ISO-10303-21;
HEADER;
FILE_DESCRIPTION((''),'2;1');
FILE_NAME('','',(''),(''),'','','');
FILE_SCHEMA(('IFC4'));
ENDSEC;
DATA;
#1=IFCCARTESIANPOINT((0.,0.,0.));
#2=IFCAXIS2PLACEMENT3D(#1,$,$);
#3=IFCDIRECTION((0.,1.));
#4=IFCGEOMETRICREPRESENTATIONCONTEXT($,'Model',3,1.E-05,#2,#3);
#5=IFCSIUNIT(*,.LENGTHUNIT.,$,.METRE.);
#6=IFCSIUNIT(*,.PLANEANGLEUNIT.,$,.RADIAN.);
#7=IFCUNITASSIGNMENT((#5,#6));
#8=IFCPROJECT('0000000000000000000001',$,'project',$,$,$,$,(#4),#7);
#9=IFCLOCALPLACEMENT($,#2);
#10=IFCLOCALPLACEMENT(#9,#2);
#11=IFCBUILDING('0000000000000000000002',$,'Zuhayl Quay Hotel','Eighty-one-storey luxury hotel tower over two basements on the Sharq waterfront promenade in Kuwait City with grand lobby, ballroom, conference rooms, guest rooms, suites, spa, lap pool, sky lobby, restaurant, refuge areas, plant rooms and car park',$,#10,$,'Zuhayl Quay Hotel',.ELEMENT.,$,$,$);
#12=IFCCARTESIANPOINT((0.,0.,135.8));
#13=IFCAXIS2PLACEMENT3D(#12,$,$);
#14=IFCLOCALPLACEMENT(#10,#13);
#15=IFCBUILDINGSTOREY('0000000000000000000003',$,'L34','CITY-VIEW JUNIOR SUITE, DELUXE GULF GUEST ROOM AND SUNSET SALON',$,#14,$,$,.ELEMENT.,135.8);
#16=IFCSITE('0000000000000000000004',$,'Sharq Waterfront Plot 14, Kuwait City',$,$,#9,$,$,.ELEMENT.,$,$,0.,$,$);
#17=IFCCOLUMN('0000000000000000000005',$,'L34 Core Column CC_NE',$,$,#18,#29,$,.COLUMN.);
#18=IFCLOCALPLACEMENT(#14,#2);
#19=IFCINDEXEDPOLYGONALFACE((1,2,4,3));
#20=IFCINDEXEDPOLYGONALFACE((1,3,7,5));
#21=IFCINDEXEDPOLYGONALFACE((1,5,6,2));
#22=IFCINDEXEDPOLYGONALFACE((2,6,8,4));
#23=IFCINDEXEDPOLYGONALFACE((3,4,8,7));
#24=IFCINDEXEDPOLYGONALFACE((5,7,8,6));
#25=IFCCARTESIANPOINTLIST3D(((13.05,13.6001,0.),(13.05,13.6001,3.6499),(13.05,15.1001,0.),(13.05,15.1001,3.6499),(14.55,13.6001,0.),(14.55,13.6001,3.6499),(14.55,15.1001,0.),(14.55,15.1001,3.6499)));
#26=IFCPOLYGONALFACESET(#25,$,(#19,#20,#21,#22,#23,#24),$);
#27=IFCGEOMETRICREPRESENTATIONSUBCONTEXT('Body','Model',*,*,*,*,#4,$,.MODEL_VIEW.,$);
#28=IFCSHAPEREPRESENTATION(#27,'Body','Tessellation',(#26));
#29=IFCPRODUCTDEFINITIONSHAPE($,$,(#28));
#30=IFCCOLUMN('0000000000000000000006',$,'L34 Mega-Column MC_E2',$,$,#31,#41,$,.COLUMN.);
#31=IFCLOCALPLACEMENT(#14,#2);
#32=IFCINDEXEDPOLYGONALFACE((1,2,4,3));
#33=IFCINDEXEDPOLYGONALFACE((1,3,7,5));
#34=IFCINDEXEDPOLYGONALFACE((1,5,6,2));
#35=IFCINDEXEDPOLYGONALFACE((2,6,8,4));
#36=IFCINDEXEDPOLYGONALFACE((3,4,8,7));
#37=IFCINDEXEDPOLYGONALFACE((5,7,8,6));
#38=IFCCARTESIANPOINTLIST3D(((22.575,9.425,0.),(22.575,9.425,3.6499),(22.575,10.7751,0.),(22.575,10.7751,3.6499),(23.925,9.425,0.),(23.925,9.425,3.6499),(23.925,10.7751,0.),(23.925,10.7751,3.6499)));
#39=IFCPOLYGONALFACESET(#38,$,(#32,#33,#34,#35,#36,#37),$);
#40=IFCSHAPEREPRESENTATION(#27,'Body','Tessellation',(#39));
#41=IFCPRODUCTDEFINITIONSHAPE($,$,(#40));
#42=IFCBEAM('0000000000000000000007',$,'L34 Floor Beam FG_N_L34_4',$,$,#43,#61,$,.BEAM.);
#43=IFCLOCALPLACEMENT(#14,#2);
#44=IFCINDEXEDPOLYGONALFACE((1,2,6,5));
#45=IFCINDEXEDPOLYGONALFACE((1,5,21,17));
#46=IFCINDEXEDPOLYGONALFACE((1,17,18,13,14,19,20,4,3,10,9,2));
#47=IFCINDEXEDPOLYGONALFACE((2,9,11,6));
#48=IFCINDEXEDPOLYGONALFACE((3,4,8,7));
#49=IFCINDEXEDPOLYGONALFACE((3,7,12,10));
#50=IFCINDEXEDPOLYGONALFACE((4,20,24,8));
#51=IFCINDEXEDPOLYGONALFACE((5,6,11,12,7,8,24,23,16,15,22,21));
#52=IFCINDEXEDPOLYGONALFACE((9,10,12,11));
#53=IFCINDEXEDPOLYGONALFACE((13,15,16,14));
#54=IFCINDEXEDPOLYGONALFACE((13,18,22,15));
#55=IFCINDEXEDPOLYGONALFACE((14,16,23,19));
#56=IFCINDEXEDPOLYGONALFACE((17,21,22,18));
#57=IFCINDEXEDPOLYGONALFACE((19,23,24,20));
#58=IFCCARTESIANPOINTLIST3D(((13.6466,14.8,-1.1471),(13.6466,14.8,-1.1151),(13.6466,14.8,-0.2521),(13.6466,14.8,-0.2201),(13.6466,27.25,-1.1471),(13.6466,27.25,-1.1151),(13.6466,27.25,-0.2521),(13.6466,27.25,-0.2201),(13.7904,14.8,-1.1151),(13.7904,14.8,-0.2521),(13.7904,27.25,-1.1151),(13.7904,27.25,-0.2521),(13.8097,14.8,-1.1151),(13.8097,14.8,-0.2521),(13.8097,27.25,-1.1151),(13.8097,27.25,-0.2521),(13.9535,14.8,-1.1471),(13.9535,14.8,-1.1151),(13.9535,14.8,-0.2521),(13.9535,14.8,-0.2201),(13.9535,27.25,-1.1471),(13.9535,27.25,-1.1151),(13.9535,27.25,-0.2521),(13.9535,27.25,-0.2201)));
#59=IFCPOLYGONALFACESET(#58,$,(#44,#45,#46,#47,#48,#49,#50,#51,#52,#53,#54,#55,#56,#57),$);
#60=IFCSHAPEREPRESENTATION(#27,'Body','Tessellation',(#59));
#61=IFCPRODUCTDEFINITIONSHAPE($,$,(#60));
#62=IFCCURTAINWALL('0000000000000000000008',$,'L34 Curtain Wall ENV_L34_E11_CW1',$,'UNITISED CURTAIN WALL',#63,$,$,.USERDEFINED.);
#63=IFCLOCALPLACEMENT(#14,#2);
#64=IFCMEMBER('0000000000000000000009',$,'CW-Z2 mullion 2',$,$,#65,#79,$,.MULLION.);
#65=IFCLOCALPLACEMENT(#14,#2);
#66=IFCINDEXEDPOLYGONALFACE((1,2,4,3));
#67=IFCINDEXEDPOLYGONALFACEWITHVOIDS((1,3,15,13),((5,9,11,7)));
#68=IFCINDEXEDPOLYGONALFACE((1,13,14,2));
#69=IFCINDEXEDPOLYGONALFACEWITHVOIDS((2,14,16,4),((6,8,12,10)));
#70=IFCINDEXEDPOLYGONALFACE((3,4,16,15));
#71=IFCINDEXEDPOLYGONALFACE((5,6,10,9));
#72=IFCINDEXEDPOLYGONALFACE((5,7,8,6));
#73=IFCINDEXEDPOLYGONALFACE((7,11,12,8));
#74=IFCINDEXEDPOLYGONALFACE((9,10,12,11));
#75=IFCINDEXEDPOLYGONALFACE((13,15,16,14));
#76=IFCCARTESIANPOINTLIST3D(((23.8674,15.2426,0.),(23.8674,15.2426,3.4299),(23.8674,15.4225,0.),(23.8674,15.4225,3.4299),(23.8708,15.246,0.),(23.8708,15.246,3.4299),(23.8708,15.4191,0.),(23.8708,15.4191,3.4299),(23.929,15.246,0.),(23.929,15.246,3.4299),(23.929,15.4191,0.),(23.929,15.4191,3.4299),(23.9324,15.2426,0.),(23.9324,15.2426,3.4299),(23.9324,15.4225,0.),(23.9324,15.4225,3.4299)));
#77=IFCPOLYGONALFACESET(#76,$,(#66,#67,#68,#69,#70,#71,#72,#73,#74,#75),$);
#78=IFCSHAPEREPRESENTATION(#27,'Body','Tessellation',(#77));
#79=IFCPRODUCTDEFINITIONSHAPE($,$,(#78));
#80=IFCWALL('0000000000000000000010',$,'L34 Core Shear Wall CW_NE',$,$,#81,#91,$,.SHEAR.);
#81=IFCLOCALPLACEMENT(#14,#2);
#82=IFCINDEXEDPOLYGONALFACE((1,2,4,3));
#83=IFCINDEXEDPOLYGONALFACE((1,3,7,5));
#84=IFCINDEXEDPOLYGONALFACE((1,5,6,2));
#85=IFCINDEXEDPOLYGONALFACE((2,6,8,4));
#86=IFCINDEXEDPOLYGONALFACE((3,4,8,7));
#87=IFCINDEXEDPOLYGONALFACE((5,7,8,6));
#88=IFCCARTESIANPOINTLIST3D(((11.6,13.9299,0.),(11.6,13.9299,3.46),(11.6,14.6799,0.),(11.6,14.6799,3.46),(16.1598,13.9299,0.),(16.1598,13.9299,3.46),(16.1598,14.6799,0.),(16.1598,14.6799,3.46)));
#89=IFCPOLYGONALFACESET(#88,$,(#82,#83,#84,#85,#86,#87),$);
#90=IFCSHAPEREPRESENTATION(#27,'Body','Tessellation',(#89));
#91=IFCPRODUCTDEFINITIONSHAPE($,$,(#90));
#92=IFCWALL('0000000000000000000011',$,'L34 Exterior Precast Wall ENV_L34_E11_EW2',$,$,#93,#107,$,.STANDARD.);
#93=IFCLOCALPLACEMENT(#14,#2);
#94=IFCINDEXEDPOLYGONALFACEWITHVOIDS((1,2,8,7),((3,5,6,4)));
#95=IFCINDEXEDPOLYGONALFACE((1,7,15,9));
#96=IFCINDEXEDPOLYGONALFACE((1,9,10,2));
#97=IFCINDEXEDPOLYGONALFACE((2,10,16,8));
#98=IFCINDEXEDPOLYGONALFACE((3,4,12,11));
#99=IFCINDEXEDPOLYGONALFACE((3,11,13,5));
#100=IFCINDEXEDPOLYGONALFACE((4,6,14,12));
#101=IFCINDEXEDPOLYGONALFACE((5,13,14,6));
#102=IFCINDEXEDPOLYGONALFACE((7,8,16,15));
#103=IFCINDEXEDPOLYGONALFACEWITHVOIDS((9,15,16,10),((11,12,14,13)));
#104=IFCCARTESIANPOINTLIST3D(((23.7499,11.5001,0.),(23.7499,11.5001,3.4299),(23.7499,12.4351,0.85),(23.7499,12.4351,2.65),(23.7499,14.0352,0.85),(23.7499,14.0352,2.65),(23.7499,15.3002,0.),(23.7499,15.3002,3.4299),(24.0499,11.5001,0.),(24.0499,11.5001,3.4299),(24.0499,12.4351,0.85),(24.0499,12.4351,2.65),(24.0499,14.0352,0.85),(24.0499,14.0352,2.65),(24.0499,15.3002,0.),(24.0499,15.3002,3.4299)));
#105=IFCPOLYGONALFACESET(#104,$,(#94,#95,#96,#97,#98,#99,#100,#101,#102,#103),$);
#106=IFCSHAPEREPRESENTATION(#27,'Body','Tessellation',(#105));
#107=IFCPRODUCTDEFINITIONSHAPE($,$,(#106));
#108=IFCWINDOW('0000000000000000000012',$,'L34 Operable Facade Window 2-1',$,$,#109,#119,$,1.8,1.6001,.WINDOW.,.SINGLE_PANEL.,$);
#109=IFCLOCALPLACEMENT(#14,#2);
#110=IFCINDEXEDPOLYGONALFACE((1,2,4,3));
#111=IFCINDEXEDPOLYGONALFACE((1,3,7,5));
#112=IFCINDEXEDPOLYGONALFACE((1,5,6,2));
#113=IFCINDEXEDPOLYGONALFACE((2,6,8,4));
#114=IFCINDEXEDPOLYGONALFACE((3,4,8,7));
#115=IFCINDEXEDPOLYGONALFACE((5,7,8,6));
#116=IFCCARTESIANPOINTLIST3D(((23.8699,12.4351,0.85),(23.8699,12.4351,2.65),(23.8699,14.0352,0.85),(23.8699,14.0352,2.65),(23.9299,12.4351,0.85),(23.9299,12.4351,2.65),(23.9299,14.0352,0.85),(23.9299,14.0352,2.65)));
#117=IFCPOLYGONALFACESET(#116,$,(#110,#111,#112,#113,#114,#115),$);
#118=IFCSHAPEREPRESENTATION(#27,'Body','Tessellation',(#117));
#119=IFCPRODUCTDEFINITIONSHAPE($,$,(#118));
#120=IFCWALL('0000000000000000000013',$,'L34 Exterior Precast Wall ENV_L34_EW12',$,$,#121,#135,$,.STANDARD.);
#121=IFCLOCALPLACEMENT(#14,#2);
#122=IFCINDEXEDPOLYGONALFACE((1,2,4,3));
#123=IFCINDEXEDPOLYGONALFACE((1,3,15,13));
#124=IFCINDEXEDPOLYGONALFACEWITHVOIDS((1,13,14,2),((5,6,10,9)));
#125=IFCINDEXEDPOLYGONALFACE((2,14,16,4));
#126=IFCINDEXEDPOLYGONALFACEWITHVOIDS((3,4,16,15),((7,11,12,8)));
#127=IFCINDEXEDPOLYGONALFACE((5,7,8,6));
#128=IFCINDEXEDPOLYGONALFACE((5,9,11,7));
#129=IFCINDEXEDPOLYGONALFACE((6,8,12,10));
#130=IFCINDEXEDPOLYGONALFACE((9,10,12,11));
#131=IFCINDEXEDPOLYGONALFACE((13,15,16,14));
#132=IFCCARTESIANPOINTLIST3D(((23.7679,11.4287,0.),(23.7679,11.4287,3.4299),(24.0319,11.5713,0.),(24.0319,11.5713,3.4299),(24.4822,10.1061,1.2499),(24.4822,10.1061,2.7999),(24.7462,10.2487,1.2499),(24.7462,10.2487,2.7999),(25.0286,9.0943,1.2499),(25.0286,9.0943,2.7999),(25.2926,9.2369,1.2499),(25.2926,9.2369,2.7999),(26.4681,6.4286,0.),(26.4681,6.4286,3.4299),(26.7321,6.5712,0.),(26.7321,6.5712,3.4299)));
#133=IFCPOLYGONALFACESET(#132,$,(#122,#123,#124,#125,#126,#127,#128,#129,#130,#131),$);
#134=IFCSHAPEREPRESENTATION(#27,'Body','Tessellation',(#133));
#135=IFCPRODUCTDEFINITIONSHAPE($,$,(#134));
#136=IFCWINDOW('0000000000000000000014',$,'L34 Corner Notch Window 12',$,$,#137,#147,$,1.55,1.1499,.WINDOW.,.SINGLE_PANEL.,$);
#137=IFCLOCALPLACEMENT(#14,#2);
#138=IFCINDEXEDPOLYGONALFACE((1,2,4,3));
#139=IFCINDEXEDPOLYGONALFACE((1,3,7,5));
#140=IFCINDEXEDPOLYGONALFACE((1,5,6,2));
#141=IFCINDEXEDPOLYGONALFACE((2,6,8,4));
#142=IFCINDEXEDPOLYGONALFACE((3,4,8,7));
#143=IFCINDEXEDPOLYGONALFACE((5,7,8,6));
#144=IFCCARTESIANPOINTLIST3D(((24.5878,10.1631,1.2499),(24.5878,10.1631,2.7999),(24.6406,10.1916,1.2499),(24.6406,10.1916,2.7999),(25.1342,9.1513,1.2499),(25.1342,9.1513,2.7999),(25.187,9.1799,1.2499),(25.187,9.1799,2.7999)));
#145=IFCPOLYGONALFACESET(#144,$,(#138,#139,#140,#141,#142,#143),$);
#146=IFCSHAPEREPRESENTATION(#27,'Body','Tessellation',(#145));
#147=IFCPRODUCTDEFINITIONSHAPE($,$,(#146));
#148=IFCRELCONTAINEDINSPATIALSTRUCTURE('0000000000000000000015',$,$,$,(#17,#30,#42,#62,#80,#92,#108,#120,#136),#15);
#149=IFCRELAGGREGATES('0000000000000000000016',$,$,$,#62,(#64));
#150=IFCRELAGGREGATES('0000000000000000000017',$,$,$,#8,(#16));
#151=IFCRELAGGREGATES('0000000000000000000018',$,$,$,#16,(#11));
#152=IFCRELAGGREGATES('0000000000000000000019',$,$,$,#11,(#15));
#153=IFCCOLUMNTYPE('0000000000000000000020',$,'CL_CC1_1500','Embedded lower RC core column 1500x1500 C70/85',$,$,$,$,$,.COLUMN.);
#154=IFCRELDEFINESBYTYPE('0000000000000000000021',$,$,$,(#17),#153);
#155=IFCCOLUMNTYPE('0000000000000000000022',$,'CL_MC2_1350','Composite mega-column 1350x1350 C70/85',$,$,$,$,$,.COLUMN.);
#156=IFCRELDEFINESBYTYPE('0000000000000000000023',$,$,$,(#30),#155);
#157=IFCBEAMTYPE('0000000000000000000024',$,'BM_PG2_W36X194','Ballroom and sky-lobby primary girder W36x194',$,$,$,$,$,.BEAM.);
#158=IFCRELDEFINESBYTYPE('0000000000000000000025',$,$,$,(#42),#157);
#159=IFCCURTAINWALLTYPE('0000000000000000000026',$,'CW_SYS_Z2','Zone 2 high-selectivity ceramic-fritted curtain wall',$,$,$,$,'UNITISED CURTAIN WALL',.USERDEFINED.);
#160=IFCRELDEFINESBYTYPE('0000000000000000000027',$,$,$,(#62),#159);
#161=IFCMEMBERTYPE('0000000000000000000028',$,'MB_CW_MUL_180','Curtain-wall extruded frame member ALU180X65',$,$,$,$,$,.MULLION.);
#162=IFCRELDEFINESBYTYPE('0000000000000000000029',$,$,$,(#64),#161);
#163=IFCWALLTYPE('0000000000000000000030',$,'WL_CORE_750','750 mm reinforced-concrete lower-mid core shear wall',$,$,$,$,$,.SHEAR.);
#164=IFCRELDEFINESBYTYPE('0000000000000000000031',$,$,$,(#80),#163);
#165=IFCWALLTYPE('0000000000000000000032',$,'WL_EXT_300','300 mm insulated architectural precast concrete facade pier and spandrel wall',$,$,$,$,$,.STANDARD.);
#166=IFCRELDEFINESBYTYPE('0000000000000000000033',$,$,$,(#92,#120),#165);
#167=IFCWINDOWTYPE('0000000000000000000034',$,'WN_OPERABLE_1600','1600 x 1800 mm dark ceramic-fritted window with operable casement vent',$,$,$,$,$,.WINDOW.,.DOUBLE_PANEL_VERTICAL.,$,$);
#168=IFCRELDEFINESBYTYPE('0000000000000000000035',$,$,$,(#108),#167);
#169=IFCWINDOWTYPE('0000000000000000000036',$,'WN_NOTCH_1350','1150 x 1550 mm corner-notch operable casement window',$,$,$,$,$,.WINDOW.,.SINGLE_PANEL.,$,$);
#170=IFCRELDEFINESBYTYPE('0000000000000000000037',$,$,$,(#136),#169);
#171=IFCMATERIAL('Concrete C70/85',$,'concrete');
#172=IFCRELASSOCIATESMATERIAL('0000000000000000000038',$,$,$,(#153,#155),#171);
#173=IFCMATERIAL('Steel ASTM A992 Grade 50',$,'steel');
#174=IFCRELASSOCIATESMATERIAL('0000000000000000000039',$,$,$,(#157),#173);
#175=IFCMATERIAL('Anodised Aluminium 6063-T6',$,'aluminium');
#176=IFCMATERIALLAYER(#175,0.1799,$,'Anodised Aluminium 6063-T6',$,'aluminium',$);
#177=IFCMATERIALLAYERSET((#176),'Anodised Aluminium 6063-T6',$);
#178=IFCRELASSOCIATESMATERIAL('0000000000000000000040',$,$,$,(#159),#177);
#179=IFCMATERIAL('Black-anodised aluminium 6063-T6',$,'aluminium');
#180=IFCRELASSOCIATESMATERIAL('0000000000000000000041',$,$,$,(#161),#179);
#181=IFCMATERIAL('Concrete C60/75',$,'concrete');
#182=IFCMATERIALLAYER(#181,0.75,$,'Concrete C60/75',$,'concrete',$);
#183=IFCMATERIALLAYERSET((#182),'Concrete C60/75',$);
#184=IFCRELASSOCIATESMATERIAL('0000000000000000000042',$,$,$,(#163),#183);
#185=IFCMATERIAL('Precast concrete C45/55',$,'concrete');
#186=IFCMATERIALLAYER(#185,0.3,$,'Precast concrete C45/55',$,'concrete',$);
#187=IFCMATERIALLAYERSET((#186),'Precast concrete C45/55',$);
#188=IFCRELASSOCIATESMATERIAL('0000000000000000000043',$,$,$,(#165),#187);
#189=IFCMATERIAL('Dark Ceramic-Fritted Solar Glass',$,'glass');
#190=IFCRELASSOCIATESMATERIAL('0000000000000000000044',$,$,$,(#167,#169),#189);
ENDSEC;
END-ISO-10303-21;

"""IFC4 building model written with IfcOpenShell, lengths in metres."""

from ifc_helpers import new_model, si_unit, direction, frame, frame_2d, origin, origin_2d, place, context, subcontext, project, spatial, rectangle, hollow_rectangle, i_section, extrude, material, layer, layer_set, material_profile, profile_set, type_object, element, fill, aggregate, save


model = new_model("IFC4")

# Units and contexts
model_context = context("Model", 3, precision=1e-05, world=origin(), true_north=direction((0.0, 1.0)))
body_context = subcontext(model_context, "Body", "Model", "MODEL_VIEW")
ifc_project = project(units=[si_unit("LENGTHUNIT", "METRE"), si_unit("PLANEANGLEUNIT", "RADIAN")], contexts=[model_context])

# Site, building, storey
site_placement = place(None, origin())
site = spatial("IfcSite", under=ifc_project, at=site_placement, Name="Sharq Waterfront Plot 14, Kuwait City", CompositionType="ELEMENT", RefElevation=0.0)
building_placement = place(site_placement, origin())
building = spatial("IfcBuilding", under=site, at=building_placement, Name="Zuhayl Quay Hotel", Description="Eighty-one-storey luxury hotel tower over two basements on the Sharq waterfront promenade in Kuwait City with grand lobby, ballroom, conference rooms, guest rooms, suites, spa, lap pool, sky lobby, restaurant, refuge areas, plant rooms and car park", LongName="Zuhayl Quay Hotel", CompositionType="ELEMENT")
storey_placement = place(building_placement, frame((0.0, 0.0, 135.8)))
storey = spatial("IfcBuildingStorey", under=building, at=storey_placement, Name="L34", Description="CITY-VIEW JUNIOR SUITE, DELUXE GULF GUEST ROOM AND SUNSET SALON", CompositionType="ELEMENT", Elevation=135.8)

# Columns
ifc_material_1 = material(Name="Concrete C70/85", Category="concrete")
ifc_material_profile_1 = material_profile(ifc_material_1, rectangle(XDim=1.5, YDim=1.5, at=origin_2d()), Name="RC1500X1500")
ifc_profile_set_1 = profile_set([ifc_material_profile_1], Name="Concrete C70/85")
column_type_1 = type_object("IfcColumnType", Name="CL_CC1_1500", Description="Embedded lower RC core column 1500x1500 C70/85", PredefinedType="COLUMN", material=ifc_profile_set_1)
column_1_placement = place(storey_placement, frame((13.8, 14.3501, 0.0), z_axis=(0.0, 0.0, 1.0), x_axis=(1.0, 0.0, 0.0)))
element("IfcColumn", 1, at=column_1_placement, inside=storey, type_object=column_type_1, Name="L34 Core Column CC_NE", PredefinedType="COLUMN", context=body_context, shape_type="SweptSolid", body=[
    extrude(rectangle(XDim=1.5, YDim=1.5, at=origin_2d()), origin(), (0.0, 0.0, 1.0), 3.6499),
])
ifc_material_profile_2 = material_profile(ifc_material_1, rectangle(XDim=1.3501, YDim=1.3501, at=origin_2d()), Name="RC1350X1350")
ifc_profile_set_2 = profile_set([ifc_material_profile_2], Name="Concrete C70/85")
column_type_2 = type_object("IfcColumnType", Name="CL_MC2_1350", Description="Composite mega-column 1350x1350 C70/85", PredefinedType="COLUMN", material=ifc_profile_set_2)
column_2_placement = place(storey_placement, frame((23.25, 10.1001, 0.0), z_axis=(0.0, 0.0, 1.0), x_axis=(1.0, 0.0, 0.0)))
element("IfcColumn", 2, at=column_2_placement, inside=storey, type_object=column_type_2, Name="L34 Mega-Column MC_E2", PredefinedType="COLUMN", context=body_context, shape_type="SweptSolid", body=[
    extrude(rectangle(XDim=1.3501, YDim=1.3501, at=origin_2d()), origin(), (0.0, 0.0, 1.0), 3.6499),
])

# Beam
ifc_material_2 = material(Name="Steel ASTM A992 Grade 50", Category="steel")
ifc_material_profile_3 = material_profile(ifc_material_2, i_section(OverallWidth=0.3069, OverallDepth=0.927, WebThickness=0.0193, FlangeThickness=0.032, at=origin_2d()), Name="W36X194")
ifc_profile_set_3 = profile_set([ifc_material_profile_3], Name="Steel ASTM A992 Grade 50")
beam_type = type_object("IfcBeamType", Name="BM_PG2_W36X194", Description="Ballroom and sky-lobby primary girder W36x194", PredefinedType="BEAM", material=ifc_profile_set_3)
beam_placement = place(storey_placement, frame((13.8, 14.8, -0.6836), z_axis=(0.0, 1.0, 0.0), x_axis=(-1.0, 0.0, 0.0)))
element("IfcBeam", 3, at=beam_placement, inside=storey, type_object=beam_type, Name="L34 Floor Beam FG_N_L34_4", PredefinedType="BEAM", context=body_context, shape_type="SweptSolid", body=[
    extrude(i_section(OverallWidth=0.3069, OverallDepth=0.927, WebThickness=0.0193, FlangeThickness=0.032, at=origin_2d()), origin(), (0.0, 0.0, 1.0), 12.45),
])

# Curtain wall, member
ifc_material_3 = material(Name="Anodised Aluminium 6063-T6", Category="aluminium")
ifc_layer_1 = layer(ifc_material_3, 0.1799, Name="Anodised Aluminium 6063-T6", Category="aluminium")
ifc_layer_set_1 = layer_set([ifc_layer_1], Name="Anodised Aluminium 6063-T6")
curtain_wall_type = type_object("IfcCurtainWallType", Name="CW_SYS_Z2", Description="Zone 2 high-selectivity ceramic-fritted curtain wall", ElementType="UNITISED CURTAIN WALL", PredefinedType="USERDEFINED", material=ifc_layer_set_1)
curtain_wall_placement = place(storey_placement, origin())
curtain_wall = element("IfcCurtainWall", 4, at=curtain_wall_placement, inside=storey, type_object=curtain_wall_type, Name="L34 Curtain Wall ENV_L34_E11_CW1", ObjectType="UNITISED CURTAIN WALL", PredefinedType="USERDEFINED")
ifc_material_4 = material(Name="Black-anodised aluminium 6063-T6", Category="aluminium")
ifc_material_profile_4 = material_profile(ifc_material_4, hollow_rectangle(XDim=0.0649, YDim=0.1799, WallThickness=0.0034, at=origin_2d()), Name="ALU180X65")
ifc_profile_set_4 = profile_set([ifc_material_profile_4], Name="Black-anodised aluminium 6063-T6")
member_type = type_object("IfcMemberType", Name="MB_CW_MUL_180", Description="Curtain-wall extruded frame member ALU180X65", PredefinedType="MULLION", material=ifc_profile_set_4)
member_placement = place(storey_placement, frame((23.8999, 15.3325, 0.0), z_axis=(0.0, 0.0, 1.0), x_axis=(1.0, 0.0, 0.0)))
member = element("IfcMember", 5, at=member_placement, type_object=member_type, Name="CW-Z2 mullion 2", PredefinedType="MULLION", context=body_context, shape_type="SweptSolid", body=[
    extrude(hollow_rectangle(XDim=0.0649, YDim=0.1799, WallThickness=0.0034, at=origin_2d()), origin(), (0.0, 0.0, 1.0), 3.4299),
])
aggregate(curtain_wall, [member])

# Wall
ifc_material_5 = material(Name="Concrete C60/75", Category="concrete")
ifc_layer_2 = layer(ifc_material_5, 0.75, Name="Concrete C60/75", Category="concrete")
ifc_layer_set_2 = layer_set([ifc_layer_2], Name="Concrete C60/75")
wall_type_1 = type_object("IfcWallType", Name="WL_CORE_750", Description="750 mm reinforced-concrete lower-mid core shear wall", PredefinedType="SHEAR", material=ifc_layer_set_2)
wall_1_placement = place(storey_placement, frame((11.6001, 14.3049, 0.0), z_axis=(0.0, 0.0, 1.0), x_axis=(1.0, 0.0, 0.0)))
element("IfcWall", 6, at=wall_1_placement, inside=storey, type_object=wall_type_1, Name="L34 Core Shear Wall CW_NE", PredefinedType="SHEAR", context=body_context, shape_type="SweptSolid", body=[
    extrude(rectangle(XDim=4.5598, YDim=0.75, at=frame_2d((2.2798, 0.0))), origin(), (0.0, 0.0, 1.0), 3.46),
])

# Walls, openings, windows
ifc_material_6 = material(Name="Precast concrete C45/55", Category="concrete")
ifc_layer_3 = layer(ifc_material_6, 0.3, Name="Precast concrete C45/55", Category="concrete")
ifc_layer_set_3 = layer_set([ifc_layer_3], Name="Precast concrete C45/55")
wall_type_2 = type_object("IfcWallType", Name="WL_EXT_300", Description="300 mm insulated architectural precast concrete facade pier and spandrel wall", PredefinedType="STANDARD", material=ifc_layer_set_3)
wall_2_placement = place(storey_placement, frame((23.8999, 15.3, 0.0), z_axis=(0.0, 0.0, 1.0), x_axis=(0.0, -1.0, 0.0)))
wall_2 = element("IfcWall", 7, at=wall_2_placement, inside=storey, type_object=wall_type_2, Name="L34 Exterior Precast Wall ENV_L34_E11_EW2", PredefinedType="STANDARD", context=body_context, shape_type="SweptSolid", body=[
    extrude(rectangle(XDim=3.8, YDim=0.3, at=frame_2d((1.8999, 0.0))), origin(), (0.0, 0.0, 1.0), 3.4299),
])
opening_1_placement = place(wall_2_placement, frame((1.2649, 0.0, 0.8501)))
opening_1 = element("IfcOpeningElement", 8, at=opening_1_placement, cuts=wall_2, PredefinedType="OPENING", context=body_context, shape_type="SweptSolid", body=[
    extrude(rectangle(XDim=1.6001, YDim=1.8, at=frame_2d((0.8, 0.8999))), frame((0.0, 0.1599, 0.0), z_axis=(0.0, -1.0, 0.0), x_axis=(1.0, 0.0, 0.0)), (0.0, 0.0, 1.0), 0.3201),
])
ifc_material_7 = material(Name="Dark Ceramic-Fritted Solar Glass", Category="glass")
window_type_1 = type_object("IfcWindowType", Name="WN_OPERABLE_1600", Description="1600 x 1800 mm dark ceramic-fritted window with operable casement vent", PartitioningType="DOUBLE_PANEL_VERTICAL", PredefinedType="WINDOW", material=ifc_material_7)
window_1_placement = place(opening_1_placement, origin())
window_1 = element("IfcWindow", 9, at=window_1_placement, inside=storey, type_object=window_type_1, Name="L34 Operable Facade Window 2-1", OverallHeight=1.8, OverallWidth=1.6001, PartitioningType="SINGLE_PANEL", PredefinedType="WINDOW", context=body_context, shape_type="SweptSolid", body=[
    extrude(rectangle(XDim=1.6001, YDim=1.8, at=frame_2d((0.8, 0.8999))), frame((0.0, 0.03, 0.0), z_axis=(0.0, -1.0, 0.0), x_axis=(1.0, 0.0, 0.0)), (0.0, 0.0, 1.0), 0.0601),
])
fill(opening_1, window_1)
wall_3_placement = place(storey_placement, frame((23.8999, 11.5, 0.0), z_axis=(0.0, 0.0, 1.0), x_axis=(0.475176, -0.879891, 0.0)))
wall_3 = element("IfcWall", 10, at=wall_3_placement, inside=storey, type_object=wall_type_2, Name="L34 Exterior Precast Wall ENV_L34_EW12", PredefinedType="STANDARD", context=body_context, shape_type="SweptSolid", body=[
    extrude(rectangle(XDim=5.6826, YDim=0.3, at=frame_2d((2.8413, 0.0))), origin(), (0.0, 0.0, 1.0), 3.4299),
])
opening_2_placement = place(wall_3_placement, frame((1.5032, 0.0, 1.25)))
opening_2 = element("IfcOpeningElement", 11, at=opening_2_placement, cuts=wall_3, PredefinedType="OPENING", context=body_context, shape_type="SweptSolid", body=[
    extrude(rectangle(XDim=1.1499, YDim=1.55, at=frame_2d((0.575, 0.7749))), frame((0.0, 0.1599, 0.0), z_axis=(0.0, -1.0, 0.0), x_axis=(1.0, 0.0, 0.0)), (0.0, 0.0, 1.0), 0.3201),
])
window_type_2 = type_object("IfcWindowType", Name="WN_NOTCH_1350", Description="1150 x 1550 mm corner-notch operable casement window", PartitioningType="SINGLE_PANEL", PredefinedType="WINDOW", material=ifc_material_7)
window_2_placement = place(opening_2_placement, origin())
window_2 = element("IfcWindow", 12, at=window_2_placement, inside=storey, type_object=window_type_2, Name="L34 Corner Notch Window 12", OverallHeight=1.55, OverallWidth=1.1499, PartitioningType="SINGLE_PANEL", PredefinedType="WINDOW", context=body_context, shape_type="SweptSolid", body=[
    extrude(rectangle(XDim=1.1499, YDim=1.55, at=frame_2d((0.575, 0.7749))), frame((0.0, 0.03, 0.0), z_axis=(0.0, -1.0, 0.0), x_axis=(1.0, 0.0, 0.0)), (0.0, 0.0, 1.0), 0.0601),
])
fill(opening_2, window_2)

save(model, "model.ifc")
